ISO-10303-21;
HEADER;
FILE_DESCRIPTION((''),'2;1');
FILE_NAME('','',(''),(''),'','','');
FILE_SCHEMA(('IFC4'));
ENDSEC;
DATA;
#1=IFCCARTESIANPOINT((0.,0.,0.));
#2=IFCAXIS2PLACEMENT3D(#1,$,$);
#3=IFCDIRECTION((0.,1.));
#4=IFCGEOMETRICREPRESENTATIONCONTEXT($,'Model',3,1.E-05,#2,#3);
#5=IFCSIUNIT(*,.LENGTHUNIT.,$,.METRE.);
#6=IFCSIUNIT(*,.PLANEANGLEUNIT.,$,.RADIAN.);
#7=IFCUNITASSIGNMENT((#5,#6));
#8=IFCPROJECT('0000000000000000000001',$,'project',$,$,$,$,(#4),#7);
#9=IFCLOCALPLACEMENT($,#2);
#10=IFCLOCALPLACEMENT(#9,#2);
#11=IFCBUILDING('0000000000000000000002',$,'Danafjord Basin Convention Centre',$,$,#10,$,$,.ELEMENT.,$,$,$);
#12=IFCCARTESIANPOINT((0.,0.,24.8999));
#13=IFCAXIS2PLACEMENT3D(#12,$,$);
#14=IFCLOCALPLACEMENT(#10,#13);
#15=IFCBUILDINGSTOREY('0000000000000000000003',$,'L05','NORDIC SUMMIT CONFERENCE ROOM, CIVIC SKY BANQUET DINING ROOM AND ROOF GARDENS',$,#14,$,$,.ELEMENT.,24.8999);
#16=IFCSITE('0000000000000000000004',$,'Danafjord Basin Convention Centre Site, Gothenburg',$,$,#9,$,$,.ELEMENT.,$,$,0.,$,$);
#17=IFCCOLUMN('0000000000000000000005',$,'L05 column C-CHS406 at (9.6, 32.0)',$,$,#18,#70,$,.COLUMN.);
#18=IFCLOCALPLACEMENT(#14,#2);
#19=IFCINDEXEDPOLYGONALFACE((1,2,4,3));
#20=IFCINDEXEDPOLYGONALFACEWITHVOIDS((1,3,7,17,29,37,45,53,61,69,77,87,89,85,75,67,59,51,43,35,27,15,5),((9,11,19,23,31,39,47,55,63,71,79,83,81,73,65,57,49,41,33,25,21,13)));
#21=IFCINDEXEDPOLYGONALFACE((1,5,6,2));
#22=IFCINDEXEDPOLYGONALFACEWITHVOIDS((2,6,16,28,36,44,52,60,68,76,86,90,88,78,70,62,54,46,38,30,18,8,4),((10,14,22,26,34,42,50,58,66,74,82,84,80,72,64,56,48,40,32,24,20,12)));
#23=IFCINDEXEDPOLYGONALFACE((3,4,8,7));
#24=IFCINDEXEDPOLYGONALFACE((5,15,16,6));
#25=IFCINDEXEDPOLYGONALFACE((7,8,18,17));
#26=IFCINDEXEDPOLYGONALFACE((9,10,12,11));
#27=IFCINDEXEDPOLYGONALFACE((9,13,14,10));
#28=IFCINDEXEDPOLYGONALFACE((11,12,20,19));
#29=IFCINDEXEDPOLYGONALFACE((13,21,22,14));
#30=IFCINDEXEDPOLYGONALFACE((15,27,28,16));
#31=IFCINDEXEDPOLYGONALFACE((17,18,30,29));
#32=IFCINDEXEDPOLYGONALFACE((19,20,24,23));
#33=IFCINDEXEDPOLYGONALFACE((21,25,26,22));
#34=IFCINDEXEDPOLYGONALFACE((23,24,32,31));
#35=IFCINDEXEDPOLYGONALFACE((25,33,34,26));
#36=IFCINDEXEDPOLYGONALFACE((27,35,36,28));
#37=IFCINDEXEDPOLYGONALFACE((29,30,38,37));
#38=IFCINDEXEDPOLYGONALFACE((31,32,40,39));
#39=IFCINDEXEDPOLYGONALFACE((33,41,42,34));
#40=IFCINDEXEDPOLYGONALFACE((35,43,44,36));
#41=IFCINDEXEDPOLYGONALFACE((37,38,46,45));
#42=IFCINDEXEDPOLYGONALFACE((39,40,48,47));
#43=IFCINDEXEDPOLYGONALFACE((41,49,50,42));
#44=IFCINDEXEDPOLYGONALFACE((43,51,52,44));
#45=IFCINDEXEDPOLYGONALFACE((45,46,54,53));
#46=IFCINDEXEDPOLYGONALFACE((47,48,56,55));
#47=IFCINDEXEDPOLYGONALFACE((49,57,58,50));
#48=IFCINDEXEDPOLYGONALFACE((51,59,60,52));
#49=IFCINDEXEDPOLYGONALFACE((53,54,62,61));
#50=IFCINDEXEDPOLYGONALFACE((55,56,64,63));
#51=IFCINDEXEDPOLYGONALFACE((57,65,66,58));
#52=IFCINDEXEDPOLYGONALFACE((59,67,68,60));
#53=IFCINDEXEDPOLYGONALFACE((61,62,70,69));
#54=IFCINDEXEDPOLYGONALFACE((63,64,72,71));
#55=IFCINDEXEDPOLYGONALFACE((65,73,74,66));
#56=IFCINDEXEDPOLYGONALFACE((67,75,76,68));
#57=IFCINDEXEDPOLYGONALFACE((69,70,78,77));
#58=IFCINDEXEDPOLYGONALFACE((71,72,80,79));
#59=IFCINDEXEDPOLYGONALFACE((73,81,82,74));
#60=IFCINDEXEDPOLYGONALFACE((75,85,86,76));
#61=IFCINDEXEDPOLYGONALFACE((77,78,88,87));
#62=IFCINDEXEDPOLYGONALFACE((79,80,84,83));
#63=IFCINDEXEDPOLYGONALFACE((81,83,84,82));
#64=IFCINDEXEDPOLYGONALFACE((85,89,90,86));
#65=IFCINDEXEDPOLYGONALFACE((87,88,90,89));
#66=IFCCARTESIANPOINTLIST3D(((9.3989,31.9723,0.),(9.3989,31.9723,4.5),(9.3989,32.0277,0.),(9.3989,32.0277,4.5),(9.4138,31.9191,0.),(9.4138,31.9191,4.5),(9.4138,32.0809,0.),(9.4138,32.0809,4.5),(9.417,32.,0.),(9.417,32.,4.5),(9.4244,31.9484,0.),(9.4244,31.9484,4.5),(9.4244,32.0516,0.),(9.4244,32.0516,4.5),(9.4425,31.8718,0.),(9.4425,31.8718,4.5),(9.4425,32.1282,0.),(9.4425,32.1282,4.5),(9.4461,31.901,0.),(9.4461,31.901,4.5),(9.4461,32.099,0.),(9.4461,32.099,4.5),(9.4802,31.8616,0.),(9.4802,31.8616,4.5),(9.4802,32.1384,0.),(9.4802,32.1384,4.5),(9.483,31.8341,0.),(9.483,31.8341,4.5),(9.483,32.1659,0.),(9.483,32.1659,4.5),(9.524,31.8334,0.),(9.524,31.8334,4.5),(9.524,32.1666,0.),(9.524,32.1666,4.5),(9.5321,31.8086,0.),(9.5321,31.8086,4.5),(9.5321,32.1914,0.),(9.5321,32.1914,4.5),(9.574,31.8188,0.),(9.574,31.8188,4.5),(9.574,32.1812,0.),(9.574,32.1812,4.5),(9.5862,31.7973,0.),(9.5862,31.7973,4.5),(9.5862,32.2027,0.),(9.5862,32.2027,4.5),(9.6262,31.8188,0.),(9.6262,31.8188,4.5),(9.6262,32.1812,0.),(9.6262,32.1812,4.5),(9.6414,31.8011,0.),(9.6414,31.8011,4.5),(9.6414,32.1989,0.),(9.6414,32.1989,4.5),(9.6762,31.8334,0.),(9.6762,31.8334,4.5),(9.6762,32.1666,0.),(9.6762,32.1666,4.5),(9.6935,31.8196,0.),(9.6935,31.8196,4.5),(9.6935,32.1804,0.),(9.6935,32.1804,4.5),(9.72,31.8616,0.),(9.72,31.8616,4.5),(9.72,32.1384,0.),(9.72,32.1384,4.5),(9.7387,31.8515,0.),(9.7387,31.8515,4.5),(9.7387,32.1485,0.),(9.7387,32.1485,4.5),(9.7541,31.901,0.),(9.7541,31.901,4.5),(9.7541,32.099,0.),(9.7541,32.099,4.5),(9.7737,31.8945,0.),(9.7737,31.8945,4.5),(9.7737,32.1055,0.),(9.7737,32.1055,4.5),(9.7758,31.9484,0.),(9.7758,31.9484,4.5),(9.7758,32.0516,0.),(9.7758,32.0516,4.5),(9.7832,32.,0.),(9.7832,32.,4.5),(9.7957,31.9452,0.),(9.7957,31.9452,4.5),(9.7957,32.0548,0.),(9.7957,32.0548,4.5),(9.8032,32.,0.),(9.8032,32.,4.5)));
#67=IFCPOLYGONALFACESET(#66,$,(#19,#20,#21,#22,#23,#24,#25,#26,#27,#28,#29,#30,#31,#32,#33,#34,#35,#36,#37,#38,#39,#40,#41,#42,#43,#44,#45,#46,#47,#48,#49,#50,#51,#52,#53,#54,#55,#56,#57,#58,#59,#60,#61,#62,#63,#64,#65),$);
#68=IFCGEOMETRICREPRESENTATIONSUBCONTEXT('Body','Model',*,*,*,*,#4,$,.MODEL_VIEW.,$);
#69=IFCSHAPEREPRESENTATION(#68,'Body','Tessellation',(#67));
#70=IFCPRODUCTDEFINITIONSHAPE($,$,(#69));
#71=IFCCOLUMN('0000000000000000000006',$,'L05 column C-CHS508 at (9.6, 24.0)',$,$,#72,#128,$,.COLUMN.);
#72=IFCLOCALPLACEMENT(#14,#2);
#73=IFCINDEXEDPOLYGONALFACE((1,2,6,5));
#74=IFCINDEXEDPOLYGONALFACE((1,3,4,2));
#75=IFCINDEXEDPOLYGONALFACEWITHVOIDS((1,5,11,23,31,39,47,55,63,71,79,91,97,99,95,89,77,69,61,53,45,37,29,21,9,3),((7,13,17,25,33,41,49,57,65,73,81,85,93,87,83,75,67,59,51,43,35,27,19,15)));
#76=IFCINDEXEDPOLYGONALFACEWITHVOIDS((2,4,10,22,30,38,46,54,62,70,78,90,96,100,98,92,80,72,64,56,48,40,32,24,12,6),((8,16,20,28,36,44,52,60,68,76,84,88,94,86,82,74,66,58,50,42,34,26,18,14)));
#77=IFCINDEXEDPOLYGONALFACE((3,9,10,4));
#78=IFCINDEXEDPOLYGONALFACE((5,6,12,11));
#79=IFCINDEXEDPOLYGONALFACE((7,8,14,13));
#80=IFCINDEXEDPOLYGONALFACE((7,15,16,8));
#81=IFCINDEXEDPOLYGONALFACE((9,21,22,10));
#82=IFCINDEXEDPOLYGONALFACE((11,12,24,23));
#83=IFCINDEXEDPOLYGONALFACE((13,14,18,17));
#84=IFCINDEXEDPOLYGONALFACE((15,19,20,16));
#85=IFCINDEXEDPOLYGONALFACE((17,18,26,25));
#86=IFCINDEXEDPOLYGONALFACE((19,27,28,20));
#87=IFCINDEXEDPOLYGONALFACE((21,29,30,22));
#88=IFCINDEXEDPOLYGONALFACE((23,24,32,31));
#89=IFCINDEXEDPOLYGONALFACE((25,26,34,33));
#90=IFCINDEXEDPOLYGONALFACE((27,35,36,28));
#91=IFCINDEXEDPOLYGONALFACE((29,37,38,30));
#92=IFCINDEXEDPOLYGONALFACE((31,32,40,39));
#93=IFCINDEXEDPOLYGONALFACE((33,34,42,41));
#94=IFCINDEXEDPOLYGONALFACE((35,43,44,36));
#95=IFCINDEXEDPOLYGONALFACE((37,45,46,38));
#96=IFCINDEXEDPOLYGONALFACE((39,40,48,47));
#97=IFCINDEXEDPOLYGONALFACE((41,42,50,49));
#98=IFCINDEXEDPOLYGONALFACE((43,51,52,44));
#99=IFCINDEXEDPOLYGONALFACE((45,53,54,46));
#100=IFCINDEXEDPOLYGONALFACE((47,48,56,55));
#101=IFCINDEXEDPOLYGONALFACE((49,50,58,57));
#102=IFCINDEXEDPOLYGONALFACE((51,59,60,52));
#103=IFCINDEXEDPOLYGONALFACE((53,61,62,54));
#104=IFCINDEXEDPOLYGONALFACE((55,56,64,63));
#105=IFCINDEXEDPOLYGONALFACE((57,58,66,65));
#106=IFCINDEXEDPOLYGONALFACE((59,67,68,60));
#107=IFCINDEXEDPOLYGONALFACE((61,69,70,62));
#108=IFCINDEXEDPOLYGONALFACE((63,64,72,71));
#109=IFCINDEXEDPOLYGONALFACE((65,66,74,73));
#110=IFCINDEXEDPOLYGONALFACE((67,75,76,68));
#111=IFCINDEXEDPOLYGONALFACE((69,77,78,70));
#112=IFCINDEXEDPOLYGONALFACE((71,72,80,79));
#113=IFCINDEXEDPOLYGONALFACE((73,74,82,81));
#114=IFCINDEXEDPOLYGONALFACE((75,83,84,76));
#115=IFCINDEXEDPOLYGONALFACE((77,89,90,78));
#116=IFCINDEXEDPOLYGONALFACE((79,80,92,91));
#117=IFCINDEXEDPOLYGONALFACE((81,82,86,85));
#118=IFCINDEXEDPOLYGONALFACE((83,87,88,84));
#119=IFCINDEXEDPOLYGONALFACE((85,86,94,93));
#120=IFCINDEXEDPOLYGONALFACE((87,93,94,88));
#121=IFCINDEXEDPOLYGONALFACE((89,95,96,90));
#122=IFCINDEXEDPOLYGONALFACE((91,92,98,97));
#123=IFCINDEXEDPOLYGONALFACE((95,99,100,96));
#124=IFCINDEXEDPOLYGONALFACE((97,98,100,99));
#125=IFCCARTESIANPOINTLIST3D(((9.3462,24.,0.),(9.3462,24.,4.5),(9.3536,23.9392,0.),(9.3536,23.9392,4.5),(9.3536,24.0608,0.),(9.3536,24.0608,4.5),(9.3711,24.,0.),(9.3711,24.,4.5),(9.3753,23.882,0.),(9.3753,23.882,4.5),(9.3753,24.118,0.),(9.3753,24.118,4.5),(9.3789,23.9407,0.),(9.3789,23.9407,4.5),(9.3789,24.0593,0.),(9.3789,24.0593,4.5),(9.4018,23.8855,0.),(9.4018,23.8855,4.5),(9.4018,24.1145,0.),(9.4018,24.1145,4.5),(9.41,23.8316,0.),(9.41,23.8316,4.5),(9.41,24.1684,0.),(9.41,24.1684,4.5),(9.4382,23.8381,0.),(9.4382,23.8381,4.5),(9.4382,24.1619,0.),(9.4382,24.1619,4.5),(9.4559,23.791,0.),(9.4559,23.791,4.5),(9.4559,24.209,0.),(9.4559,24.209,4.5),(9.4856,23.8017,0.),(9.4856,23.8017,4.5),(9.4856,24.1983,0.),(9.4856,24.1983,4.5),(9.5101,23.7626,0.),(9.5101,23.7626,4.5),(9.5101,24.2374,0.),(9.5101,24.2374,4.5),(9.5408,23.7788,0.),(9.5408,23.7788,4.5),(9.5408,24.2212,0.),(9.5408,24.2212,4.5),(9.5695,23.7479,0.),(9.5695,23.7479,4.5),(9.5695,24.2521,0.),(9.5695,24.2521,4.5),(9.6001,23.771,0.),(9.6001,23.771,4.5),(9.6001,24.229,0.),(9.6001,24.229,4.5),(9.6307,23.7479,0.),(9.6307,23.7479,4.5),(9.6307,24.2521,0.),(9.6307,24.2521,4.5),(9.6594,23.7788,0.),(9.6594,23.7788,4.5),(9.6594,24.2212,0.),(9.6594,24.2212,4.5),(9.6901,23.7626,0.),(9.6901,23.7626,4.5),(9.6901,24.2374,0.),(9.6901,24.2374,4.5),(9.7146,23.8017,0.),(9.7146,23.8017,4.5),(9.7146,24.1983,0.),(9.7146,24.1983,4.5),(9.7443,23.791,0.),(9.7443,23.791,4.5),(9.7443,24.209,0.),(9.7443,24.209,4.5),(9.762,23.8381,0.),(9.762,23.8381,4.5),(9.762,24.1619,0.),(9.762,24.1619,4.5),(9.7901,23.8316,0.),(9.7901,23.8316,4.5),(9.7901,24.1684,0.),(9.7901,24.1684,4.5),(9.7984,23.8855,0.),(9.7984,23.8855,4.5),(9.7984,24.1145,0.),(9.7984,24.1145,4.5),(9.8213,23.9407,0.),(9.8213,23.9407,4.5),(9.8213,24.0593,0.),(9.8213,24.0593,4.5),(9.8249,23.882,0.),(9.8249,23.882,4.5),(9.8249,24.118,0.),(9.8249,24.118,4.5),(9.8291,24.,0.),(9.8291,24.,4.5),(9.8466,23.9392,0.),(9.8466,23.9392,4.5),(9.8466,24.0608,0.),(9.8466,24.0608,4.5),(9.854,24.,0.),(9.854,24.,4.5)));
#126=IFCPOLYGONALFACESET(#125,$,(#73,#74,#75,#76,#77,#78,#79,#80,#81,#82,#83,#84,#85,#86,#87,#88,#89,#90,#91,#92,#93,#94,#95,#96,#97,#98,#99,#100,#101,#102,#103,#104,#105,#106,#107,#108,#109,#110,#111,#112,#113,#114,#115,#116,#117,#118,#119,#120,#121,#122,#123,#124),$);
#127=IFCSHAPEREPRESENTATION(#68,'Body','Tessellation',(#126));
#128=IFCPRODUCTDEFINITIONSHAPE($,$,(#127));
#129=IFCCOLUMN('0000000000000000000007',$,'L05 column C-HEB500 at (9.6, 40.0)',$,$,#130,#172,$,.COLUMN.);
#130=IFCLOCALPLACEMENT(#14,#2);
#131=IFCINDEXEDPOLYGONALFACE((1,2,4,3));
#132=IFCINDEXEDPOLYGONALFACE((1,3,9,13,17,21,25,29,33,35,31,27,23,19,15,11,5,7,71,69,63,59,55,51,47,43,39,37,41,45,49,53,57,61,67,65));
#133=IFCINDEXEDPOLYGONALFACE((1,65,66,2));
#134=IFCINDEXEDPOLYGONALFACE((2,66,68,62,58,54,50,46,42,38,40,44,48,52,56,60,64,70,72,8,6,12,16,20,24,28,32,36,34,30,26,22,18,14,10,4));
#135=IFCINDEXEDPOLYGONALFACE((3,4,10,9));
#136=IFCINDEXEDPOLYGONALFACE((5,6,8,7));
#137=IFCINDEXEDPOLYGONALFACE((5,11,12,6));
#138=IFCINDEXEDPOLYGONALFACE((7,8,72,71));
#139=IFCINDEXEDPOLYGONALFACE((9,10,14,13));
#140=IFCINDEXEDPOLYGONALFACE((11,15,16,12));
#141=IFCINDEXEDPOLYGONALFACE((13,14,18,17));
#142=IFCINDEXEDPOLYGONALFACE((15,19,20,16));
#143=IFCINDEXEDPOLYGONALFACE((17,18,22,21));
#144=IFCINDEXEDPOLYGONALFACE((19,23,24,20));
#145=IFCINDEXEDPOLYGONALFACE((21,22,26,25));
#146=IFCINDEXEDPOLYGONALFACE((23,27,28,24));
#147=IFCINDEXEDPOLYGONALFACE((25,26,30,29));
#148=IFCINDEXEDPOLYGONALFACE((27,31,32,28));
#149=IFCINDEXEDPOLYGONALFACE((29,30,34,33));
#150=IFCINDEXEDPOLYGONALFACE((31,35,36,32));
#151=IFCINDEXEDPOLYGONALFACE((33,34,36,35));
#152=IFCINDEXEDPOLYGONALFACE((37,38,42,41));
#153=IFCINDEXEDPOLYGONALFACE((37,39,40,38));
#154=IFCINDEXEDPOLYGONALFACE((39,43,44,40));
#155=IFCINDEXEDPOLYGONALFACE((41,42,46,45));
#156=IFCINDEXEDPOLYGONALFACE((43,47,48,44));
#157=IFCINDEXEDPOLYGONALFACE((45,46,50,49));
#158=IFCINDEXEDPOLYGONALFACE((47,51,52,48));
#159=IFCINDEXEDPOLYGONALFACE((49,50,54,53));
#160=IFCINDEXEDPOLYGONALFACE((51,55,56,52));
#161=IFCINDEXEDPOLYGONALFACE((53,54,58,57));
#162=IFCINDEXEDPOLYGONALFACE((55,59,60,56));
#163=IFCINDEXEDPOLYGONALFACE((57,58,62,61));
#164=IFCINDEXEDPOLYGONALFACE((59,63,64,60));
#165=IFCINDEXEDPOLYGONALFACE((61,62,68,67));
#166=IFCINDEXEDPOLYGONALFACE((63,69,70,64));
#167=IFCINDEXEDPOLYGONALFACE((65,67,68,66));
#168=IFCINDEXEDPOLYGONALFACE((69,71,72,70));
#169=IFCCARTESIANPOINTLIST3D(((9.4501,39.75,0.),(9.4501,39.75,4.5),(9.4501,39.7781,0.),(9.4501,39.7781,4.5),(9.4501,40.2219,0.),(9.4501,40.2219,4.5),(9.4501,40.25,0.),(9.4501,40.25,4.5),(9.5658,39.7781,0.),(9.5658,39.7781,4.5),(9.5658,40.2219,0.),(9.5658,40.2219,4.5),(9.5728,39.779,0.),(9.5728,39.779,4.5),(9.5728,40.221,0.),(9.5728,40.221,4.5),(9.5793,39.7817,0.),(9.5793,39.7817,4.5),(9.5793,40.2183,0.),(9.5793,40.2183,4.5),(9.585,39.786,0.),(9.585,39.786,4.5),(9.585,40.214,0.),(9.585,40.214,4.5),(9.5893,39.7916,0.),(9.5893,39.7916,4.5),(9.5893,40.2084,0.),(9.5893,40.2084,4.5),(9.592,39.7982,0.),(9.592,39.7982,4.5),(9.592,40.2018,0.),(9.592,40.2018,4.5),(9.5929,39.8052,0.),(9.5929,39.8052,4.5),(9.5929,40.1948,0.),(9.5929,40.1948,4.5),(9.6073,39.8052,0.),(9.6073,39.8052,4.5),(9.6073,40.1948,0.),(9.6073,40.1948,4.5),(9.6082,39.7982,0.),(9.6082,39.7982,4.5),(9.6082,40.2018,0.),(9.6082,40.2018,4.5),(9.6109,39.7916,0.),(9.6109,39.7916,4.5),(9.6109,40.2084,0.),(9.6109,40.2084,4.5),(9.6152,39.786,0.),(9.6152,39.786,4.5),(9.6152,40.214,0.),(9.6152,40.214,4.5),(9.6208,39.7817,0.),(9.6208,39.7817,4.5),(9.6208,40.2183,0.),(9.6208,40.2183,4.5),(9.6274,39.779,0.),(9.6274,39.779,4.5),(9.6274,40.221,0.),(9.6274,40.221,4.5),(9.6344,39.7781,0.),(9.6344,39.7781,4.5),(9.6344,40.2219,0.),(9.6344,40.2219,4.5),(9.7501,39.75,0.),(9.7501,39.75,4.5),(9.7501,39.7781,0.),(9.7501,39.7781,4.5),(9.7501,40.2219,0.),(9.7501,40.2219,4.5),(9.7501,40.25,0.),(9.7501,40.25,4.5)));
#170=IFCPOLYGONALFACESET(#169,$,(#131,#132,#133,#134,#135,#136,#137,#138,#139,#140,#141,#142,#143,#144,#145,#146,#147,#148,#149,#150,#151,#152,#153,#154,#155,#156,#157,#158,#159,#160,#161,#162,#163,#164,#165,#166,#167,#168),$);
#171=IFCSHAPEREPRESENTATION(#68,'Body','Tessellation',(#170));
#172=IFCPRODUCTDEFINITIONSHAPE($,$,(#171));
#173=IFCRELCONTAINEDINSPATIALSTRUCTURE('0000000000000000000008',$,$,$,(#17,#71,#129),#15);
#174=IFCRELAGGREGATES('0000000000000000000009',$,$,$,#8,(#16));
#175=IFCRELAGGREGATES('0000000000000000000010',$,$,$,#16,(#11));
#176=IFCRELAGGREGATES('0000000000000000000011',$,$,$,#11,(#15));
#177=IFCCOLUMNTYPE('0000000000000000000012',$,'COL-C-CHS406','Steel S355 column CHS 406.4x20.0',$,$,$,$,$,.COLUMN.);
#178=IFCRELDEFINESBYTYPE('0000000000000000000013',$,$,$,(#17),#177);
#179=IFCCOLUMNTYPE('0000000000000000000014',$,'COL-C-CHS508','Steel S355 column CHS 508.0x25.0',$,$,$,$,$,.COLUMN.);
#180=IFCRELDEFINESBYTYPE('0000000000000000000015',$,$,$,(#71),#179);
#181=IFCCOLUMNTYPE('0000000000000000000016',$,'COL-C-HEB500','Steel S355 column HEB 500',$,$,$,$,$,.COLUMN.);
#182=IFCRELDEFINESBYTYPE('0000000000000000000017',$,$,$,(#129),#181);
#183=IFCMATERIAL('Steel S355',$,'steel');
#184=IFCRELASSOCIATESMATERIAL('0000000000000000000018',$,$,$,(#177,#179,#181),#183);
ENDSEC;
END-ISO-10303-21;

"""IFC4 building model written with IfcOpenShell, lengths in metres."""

from ifc_helpers import new_model, si_unit, direction, frame, origin, origin_2d, place, context, subcontext, project, spatial, hollow_circle, i_section, extrude, material, material_profile, profile_set, type_object, element, save


model = new_model("IFC4")

# Units and contexts
model_context = context("Model", 3, precision=1e-05, world=origin(), true_north=direction((0.0, 1.0)))
body_context = subcontext(model_context, "Body", "Model", "MODEL_VIEW")
ifc_project = project(units=[si_unit("LENGTHUNIT", "METRE"), si_unit("PLANEANGLEUNIT", "RADIAN")], contexts=[model_context])

# Site, building, storey
site_placement = place(None, origin())
site = spatial("IfcSite", under=ifc_project, at=site_placement, Name="Danafjord Basin Convention Centre Site, Gothenburg", CompositionType="ELEMENT", RefElevation=0.0)
building_placement = place(site_placement, origin())
building = spatial("IfcBuilding", under=site, at=building_placement, Name="Danafjord Basin Convention Centre", CompositionType="ELEMENT")
storey_placement = place(building_placement, frame((0.0, 0.0, 24.8999)))
storey = spatial("IfcBuildingStorey", under=building, at=storey_placement, Name="L05", Description="NORDIC SUMMIT CONFERENCE ROOM, CIVIC SKY BANQUET DINING ROOM AND ROOF GARDENS", CompositionType="ELEMENT", Elevation=24.8999)

# Columns
ifc_material_1 = material(Name="Steel S355", Category="steel")
ifc_material_profile_1 = material_profile(ifc_material_1, hollow_circle(Radius=0.2031, WallThickness=0.02, at=origin_2d()), Name="CHS 406.4x20.0")
ifc_profile_set_1 = profile_set([ifc_material_profile_1], Name="Steel S355")
column_type_1 = type_object("IfcColumnType", Name="COL-C-CHS406", Description="Steel S355 column CHS 406.4x20.0", PredefinedType="COLUMN", material=ifc_profile_set_1)
column_1_placement = place(storey_placement, frame((9.6001, 32.0, 0.0), z_axis=(0.0, 0.0, 1.0), x_axis=(1.0, 0.0, 0.0)))
element("IfcColumn", 1, at=column_1_placement, inside=storey, type_object=column_type_1, Name="L05 column C-CHS406 at (9.6, 32.0)", PredefinedType="COLUMN", context=body_context, shape_type="SweptSolid", body=[
    extrude(hollow_circle(Radius=0.2031, WallThickness=0.02, at=origin_2d()), origin(), (0.0, 0.0, 1.0), 4.5),
])
ifc_material_profile_2 = material_profile(ifc_material_1, hollow_circle(Radius=0.2539, WallThickness=0.0249, at=origin_2d()), Name="CHS 508.0x25.0")
ifc_profile_set_2 = profile_set([ifc_material_profile_2], Name="Steel S355")
column_type_2 = type_object("IfcColumnType", Name="COL-C-CHS508", Description="Steel S355 column CHS 508.0x25.0", PredefinedType="COLUMN", material=ifc_profile_set_2)
column_2_placement = place(storey_placement, frame((9.6001, 24.0, 0.0), z_axis=(0.0, 0.0, 1.0), x_axis=(1.0, 0.0, 0.0)))
element("IfcColumn", 2, at=column_2_placement, inside=storey, type_object=column_type_2, Name="L05 column C-CHS508 at (9.6, 24.0)", PredefinedType="COLUMN", context=body_context, shape_type="SweptSolid", body=[
    extrude(hollow_circle(Radius=0.2539, WallThickness=0.0249, at=origin_2d()), origin(), (0.0, 0.0, 1.0), 4.5),
])
ifc_material_profile_3 = material_profile(ifc_material_1, i_section(OverallWidth=0.3, OverallDepth=0.5, WebThickness=0.0144, FlangeThickness=0.0281, FilletRadius=0.0271, at=origin_2d()), Name="HEB 500")
ifc_profile_set_3 = profile_set([ifc_material_profile_3], Name="Steel S355")
column_type_3 = type_object("IfcColumnType", Name="COL-C-HEB500", Description="Steel S355 column HEB 500", PredefinedType="COLUMN", material=ifc_profile_set_3)
column_3_placement = place(storey_placement, frame((9.6001, 40.0, 0.0), z_axis=(0.0, 0.0, 1.0), x_axis=(1.0, 0.0, 0.0)))
element("IfcColumn", 3, at=column_3_placement, inside=storey, type_object=column_type_3, Name="L05 column C-HEB500 at (9.6, 40.0)", PredefinedType="COLUMN", context=body_context, shape_type="SweptSolid", body=[
    extrude(i_section(OverallWidth=0.3, OverallDepth=0.5, WebThickness=0.0144, FlangeThickness=0.0281, FilletRadius=0.0271, at=origin_2d()), origin(), (0.0, 0.0, 1.0), 4.5),
])

save(model, "model.ifc")
